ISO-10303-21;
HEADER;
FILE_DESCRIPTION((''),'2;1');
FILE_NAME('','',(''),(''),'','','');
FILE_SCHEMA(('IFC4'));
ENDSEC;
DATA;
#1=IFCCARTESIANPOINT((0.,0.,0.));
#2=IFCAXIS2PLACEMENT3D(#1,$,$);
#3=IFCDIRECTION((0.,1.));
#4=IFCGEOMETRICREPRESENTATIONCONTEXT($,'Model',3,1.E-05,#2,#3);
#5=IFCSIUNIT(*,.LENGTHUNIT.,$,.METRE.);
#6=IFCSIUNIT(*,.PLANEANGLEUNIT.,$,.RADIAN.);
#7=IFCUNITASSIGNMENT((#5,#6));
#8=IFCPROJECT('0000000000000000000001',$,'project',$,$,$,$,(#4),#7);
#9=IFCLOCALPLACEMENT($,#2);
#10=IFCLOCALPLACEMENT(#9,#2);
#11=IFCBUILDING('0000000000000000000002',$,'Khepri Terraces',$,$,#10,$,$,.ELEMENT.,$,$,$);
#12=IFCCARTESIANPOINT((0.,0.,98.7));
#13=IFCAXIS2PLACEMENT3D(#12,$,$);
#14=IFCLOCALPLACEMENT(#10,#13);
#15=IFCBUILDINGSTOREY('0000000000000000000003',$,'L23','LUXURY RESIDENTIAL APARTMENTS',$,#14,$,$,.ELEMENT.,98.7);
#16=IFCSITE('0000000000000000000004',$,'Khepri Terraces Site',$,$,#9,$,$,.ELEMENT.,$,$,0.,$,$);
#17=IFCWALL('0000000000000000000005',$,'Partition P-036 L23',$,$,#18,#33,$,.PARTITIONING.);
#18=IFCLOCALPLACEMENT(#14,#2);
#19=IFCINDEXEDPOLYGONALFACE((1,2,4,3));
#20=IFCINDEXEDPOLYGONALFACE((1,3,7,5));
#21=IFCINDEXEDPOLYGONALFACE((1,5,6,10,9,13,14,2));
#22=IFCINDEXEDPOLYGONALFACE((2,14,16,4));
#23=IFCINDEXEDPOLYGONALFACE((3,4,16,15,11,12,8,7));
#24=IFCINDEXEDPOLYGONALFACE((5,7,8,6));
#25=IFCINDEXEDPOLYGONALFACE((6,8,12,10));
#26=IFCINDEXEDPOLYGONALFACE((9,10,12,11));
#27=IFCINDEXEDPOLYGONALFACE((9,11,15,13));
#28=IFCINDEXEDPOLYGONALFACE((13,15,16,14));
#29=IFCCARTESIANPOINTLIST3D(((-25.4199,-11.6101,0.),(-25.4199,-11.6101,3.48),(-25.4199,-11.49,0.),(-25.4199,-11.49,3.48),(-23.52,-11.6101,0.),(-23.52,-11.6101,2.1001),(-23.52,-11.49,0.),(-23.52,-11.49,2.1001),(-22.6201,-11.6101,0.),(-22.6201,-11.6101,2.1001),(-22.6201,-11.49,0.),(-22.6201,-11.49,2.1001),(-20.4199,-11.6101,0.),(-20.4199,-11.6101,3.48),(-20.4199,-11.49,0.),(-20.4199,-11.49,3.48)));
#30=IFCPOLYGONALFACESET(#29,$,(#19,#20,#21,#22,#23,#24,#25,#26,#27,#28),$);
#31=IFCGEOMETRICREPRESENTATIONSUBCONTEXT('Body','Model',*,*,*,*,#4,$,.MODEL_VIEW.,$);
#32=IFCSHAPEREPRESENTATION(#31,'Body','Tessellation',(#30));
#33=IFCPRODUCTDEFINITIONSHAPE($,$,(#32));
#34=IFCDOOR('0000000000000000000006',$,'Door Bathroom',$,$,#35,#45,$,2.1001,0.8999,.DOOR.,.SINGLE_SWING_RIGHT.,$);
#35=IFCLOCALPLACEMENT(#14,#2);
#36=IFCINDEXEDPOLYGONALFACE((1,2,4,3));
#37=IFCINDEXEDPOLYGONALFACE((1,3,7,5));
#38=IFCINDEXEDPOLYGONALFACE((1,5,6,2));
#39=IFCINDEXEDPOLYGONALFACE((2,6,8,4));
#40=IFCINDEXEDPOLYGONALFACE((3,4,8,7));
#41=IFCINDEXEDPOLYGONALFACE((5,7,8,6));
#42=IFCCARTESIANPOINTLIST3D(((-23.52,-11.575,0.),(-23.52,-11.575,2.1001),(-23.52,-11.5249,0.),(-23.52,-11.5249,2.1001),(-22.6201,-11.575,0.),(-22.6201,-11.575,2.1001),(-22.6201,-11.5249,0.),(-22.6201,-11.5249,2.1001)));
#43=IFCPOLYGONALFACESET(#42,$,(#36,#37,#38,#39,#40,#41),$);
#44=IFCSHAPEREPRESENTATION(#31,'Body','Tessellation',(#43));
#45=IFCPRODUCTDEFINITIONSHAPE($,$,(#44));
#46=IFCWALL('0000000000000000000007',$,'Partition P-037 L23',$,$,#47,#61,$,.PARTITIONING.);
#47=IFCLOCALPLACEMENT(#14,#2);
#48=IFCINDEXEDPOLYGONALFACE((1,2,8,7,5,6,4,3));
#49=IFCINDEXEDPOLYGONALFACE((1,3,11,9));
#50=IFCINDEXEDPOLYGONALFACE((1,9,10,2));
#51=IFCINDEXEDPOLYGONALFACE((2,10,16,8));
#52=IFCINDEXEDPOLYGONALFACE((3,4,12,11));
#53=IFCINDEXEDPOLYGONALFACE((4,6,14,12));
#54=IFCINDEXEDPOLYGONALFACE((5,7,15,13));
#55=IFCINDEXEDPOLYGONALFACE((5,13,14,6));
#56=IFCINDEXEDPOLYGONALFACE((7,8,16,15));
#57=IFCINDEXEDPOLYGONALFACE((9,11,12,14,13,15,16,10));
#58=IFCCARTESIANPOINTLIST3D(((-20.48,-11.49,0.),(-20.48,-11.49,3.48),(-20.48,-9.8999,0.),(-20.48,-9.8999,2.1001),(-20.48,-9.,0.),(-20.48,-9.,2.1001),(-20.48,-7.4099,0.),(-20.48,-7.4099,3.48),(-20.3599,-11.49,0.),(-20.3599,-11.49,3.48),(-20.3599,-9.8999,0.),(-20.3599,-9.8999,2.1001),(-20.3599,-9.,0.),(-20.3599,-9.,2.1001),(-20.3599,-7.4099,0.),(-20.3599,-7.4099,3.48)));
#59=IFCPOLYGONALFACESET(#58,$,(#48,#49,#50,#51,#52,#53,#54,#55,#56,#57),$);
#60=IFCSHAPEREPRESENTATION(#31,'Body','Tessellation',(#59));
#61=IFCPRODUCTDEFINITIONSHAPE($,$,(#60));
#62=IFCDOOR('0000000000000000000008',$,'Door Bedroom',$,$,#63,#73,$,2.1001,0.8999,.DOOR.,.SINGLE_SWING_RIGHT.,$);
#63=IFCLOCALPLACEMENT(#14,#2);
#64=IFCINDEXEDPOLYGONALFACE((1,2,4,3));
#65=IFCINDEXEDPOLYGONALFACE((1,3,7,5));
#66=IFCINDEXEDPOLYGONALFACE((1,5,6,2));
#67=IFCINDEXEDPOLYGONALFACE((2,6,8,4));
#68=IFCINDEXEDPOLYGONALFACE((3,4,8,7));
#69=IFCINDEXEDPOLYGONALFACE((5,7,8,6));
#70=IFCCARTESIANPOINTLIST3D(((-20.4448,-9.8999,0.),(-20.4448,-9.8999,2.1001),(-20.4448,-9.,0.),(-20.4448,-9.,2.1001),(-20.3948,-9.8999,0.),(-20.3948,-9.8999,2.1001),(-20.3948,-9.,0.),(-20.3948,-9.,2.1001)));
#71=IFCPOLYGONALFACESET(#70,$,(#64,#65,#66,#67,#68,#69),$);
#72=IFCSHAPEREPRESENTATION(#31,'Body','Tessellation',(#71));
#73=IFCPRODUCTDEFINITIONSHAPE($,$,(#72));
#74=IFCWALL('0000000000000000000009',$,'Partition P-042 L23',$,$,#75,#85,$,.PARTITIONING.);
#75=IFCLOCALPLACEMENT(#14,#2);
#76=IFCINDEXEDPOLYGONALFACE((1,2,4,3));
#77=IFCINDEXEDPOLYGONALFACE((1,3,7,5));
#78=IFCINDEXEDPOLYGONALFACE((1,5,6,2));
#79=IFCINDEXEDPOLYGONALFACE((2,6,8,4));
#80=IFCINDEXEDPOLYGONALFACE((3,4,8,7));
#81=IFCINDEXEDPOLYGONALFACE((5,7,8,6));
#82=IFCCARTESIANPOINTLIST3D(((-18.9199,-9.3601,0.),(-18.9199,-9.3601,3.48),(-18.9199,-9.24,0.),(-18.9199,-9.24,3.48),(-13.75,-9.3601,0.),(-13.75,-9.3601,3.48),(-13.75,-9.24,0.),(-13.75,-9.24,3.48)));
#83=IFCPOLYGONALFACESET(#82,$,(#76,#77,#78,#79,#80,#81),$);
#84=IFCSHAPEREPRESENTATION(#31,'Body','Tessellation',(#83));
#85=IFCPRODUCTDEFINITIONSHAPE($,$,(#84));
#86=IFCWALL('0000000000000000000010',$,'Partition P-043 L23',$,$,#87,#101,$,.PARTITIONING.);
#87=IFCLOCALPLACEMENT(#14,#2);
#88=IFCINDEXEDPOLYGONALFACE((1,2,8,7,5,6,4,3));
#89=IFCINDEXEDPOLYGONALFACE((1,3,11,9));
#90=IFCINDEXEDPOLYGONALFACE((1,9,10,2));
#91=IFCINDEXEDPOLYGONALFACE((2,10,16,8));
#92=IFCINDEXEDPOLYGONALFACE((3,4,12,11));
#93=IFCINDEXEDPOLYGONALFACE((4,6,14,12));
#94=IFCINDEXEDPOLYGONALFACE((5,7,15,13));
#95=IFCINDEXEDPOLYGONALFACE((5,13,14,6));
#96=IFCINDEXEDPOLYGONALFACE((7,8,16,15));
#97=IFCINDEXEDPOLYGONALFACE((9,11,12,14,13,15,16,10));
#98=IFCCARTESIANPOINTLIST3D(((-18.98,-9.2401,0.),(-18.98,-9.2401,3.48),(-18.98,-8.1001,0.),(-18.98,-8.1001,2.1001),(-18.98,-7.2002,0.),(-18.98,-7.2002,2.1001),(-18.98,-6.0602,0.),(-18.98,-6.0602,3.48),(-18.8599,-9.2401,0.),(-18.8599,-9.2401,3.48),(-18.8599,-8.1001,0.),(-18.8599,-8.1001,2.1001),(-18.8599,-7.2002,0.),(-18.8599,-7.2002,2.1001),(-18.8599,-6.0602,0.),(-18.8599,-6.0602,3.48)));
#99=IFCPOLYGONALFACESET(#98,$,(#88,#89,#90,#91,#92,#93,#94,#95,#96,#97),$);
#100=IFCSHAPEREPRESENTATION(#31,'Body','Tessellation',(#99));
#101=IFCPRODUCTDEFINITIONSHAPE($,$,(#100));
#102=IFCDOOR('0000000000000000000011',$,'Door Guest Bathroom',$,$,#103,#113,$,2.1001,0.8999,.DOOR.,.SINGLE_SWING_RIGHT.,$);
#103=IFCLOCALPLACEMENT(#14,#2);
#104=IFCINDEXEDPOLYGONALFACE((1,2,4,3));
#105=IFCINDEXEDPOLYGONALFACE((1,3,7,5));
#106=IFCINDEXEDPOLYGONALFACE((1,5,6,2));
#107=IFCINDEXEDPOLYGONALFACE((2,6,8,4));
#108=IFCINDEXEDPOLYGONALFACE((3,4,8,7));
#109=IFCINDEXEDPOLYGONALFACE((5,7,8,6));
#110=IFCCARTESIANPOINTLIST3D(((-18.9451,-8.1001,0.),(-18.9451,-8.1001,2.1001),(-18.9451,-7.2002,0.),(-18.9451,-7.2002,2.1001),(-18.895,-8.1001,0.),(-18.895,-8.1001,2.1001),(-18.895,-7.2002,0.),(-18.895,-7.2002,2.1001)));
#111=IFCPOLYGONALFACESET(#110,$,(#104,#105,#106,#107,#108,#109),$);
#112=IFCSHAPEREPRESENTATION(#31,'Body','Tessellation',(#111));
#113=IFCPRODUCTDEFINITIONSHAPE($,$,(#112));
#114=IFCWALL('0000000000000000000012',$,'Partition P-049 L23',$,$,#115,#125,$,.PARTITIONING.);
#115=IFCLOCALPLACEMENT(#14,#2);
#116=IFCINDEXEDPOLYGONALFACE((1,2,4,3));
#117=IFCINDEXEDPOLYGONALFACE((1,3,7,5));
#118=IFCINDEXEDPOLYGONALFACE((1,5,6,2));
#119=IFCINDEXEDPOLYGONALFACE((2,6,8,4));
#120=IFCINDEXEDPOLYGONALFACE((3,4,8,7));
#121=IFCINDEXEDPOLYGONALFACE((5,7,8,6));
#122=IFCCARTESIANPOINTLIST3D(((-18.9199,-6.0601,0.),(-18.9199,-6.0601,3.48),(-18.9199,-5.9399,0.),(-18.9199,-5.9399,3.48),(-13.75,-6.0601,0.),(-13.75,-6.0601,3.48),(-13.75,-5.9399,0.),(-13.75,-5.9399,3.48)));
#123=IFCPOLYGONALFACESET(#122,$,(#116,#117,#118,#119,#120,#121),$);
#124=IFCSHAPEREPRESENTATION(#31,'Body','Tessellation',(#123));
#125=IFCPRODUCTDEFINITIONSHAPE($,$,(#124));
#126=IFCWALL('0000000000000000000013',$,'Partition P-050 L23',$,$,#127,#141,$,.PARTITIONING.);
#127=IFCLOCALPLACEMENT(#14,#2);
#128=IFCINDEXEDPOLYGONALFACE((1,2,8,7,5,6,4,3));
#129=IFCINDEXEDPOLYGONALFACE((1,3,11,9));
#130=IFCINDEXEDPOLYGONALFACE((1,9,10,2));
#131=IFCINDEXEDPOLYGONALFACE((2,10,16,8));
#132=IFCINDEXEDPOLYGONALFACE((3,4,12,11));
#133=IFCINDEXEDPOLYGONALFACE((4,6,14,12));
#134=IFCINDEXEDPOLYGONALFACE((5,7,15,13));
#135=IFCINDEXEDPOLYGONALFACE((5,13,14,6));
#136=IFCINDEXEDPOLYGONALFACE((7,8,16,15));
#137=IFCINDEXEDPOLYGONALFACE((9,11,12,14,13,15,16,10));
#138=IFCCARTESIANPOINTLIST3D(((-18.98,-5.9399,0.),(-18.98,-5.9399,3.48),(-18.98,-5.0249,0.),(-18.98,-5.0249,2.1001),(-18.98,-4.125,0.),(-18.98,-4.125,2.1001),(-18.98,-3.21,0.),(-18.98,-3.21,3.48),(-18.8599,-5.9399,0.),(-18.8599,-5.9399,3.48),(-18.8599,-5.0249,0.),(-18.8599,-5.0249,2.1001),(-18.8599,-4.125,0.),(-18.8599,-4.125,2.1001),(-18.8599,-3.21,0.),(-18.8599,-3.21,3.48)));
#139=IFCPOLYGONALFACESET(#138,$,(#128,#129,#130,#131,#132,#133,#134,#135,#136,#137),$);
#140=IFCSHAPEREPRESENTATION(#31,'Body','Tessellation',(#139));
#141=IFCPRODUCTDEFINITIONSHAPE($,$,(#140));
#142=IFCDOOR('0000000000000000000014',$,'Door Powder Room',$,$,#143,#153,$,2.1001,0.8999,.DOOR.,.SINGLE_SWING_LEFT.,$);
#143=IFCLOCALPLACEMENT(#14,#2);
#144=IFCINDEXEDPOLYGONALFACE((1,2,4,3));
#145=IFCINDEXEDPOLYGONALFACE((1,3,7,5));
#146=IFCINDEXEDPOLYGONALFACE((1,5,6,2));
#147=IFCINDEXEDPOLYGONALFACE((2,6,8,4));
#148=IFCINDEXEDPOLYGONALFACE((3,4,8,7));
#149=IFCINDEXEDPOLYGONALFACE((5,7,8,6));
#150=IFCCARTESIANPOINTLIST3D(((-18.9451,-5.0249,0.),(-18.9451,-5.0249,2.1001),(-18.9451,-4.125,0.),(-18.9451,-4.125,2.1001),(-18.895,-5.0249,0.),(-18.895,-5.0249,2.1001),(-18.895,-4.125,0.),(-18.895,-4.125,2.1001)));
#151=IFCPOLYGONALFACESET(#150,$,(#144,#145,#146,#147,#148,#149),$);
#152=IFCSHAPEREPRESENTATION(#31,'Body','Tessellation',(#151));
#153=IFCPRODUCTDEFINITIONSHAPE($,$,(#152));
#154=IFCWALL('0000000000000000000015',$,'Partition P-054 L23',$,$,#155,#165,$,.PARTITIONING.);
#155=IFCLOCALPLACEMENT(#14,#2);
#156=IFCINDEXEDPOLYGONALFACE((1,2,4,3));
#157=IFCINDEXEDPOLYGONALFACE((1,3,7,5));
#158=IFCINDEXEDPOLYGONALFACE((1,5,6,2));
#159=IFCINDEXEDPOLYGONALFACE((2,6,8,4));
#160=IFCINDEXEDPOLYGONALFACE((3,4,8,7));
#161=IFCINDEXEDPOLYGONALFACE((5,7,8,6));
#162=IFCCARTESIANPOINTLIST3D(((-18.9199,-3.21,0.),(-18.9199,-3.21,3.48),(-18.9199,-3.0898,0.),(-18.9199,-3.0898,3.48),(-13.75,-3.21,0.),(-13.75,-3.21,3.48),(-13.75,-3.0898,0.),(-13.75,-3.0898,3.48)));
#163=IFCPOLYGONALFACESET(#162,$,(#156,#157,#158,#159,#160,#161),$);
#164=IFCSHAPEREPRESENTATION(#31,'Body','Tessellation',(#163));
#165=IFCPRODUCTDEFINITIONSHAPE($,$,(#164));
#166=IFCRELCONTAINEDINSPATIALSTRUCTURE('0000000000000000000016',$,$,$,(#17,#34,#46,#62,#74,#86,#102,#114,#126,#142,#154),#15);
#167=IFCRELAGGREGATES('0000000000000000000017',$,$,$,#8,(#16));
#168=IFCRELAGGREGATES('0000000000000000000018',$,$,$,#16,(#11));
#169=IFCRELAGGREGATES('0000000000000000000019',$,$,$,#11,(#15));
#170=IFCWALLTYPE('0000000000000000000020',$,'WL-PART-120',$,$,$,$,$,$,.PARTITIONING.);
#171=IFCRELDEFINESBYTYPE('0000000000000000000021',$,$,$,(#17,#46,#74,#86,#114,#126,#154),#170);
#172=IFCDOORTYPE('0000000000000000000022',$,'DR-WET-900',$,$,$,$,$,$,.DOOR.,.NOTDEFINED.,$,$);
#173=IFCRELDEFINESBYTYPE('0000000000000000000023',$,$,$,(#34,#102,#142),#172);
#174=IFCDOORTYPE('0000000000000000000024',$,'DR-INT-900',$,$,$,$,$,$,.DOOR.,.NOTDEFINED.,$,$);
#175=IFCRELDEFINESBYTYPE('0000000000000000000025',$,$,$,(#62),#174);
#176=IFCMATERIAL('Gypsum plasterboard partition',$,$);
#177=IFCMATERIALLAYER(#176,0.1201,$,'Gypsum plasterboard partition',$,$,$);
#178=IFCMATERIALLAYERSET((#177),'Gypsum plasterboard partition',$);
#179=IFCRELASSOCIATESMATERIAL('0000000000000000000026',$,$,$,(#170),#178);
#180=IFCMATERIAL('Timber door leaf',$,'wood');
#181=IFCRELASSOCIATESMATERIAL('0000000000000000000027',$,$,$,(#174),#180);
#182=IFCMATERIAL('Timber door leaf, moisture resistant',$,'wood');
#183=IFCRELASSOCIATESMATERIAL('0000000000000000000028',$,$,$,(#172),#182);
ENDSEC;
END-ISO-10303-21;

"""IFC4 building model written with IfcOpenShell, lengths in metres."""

from ifc_helpers import new_model, si_unit, direction, frame, frame_2d, origin, place, context, subcontext, project, spatial, rectangle, extrude, material, layer, layer_set, type_object, element, fill, save


model = new_model("IFC4")

# Units and contexts
model_context = context("Model", 3, precision=1e-05, world=origin(), true_north=direction((0.0, 1.0)))
body_context = subcontext(model_context, "Body", "Model", "MODEL_VIEW")
ifc_project = project(units=[si_unit("LENGTHUNIT", "METRE"), si_unit("PLANEANGLEUNIT", "RADIAN")], contexts=[model_context])

# Site, building, storey
site_placement = place(None, origin())
site = spatial("IfcSite", under=ifc_project, at=site_placement, Name="Khepri Terraces Site", CompositionType="ELEMENT", RefElevation=0.0)
building_placement = place(site_placement, origin())
building = spatial("IfcBuilding", under=site, at=building_placement, Name="Khepri Terraces", CompositionType="ELEMENT")
storey_placement = place(building_placement, frame((0.0, 0.0, 98.7)))
storey = spatial("IfcBuildingStorey", under=building, at=storey_placement, Name="L23", Description="LUXURY RESIDENTIAL APARTMENTS", CompositionType="ELEMENT", Elevation=98.7)

# Shared definitions
ifc_material_1 = material(Name="Gypsum plasterboard partition")
ifc_layer_1 = layer(ifc_material_1, 0.1201, Name="Gypsum plasterboard partition")
ifc_layer_set_1 = layer_set([ifc_layer_1], Name="Gypsum plasterboard partition")
wall_type_1 = type_object("IfcWallType", Name="WL-PART-120", PredefinedType="PARTITIONING", material=ifc_layer_set_1)

# Walls, openings, doors
ifc_material_2 = material(Name="Timber door leaf", Category="wood")
door_type_1 = type_object("IfcDoorType", Name="DR-INT-900", OperationType="NOTDEFINED", PredefinedType="DOOR", material=ifc_material_2)
wall_1_placement = place(storey_placement, frame((-25.4199, -11.55, 0.0), z_axis=(0.0, 0.0, 1.0), x_axis=(1.0, 0.0, 0.0)))
wall_1 = element("IfcWall", 1, at=wall_1_placement, inside=storey, type_object=wall_type_1, Name="Partition P-036 L23", PredefinedType="PARTITIONING", context=body_context, shape_type="SweptSolid", body=[
    extrude(rectangle(XDim=5.0, YDim=0.1201, at=frame_2d((2.5, 0.0))), origin(), (0.0, 0.0, 1.0), 3.48),
])
opening_1_placement = place(wall_1_placement, frame((1.8999, 0.0, 0.0)))
opening_1 = element("IfcOpeningElement", 2, at=opening_1_placement, cuts=wall_1, PredefinedType="OPENING", context=body_context, shape_type="SweptSolid", body=[
    extrude(rectangle(XDim=0.8999, YDim=2.1001, at=frame_2d((0.45, 1.05))), frame((0.0, 0.0701, 0.0), z_axis=(0.0, -1.0, 0.0), x_axis=(1.0, 0.0, 0.0)), (0.0, 0.0, 1.0), 0.1401),
])
ifc_material_3 = material(Name="Timber door leaf, moisture resistant", Category="wood")
door_type_2 = type_object("IfcDoorType", Name="DR-WET-900", OperationType="NOTDEFINED", PredefinedType="DOOR", material=ifc_material_3)
door_1_placement = place(opening_1_placement, frame((0.8999, 0.0, 0.0), z_axis=(0.0, 0.0, 1.0), x_axis=(-1.0, 0.0, 0.0)))
door_1 = element("IfcDoor", 3, at=door_1_placement, inside=storey, type_object=door_type_2, Name="Door Bathroom", OperationType="SINGLE_SWING_RIGHT", OverallHeight=2.1001, OverallWidth=0.8999, PredefinedType="DOOR", context=body_context, shape_type="SweptSolid", body=[
    extrude(rectangle(XDim=0.8999, YDim=2.1001, at=frame_2d((0.45, 1.05))), frame((0.0, 0.0249, 0.0), z_axis=(0.0, -1.0, 0.0), x_axis=(1.0, 0.0, 0.0)), (0.0, 0.0, 1.0), 0.05),
])
fill(opening_1, door_1)
wall_2_placement = place(storey_placement, frame((-20.4199, -11.49, 0.0), z_axis=(0.0, 0.0, 1.0), x_axis=(0.0, 1.0, 0.0)))
wall_2 = element("IfcWall", 4, at=wall_2_placement, inside=storey, type_object=wall_type_1, Name="Partition P-037 L23", PredefinedType="PARTITIONING", context=body_context, shape_type="SweptSolid", body=[
    extrude(rectangle(XDim=4.0801, YDim=0.1201, at=frame_2d((2.04, 0.0))), origin(), (0.0, 0.0, 1.0), 3.48),
])
opening_2_placement = place(wall_2_placement, frame((1.5901, 0.0, 0.0)))
opening_2 = element("IfcOpeningElement", 5, at=opening_2_placement, cuts=wall_2, PredefinedType="OPENING", context=body_context, shape_type="SweptSolid", body=[
    extrude(rectangle(XDim=0.8999, YDim=2.1001, at=frame_2d((0.45, 1.05))), frame((0.0, 0.0701, 0.0), z_axis=(0.0, -1.0, 0.0), x_axis=(1.0, 0.0, 0.0)), (0.0, 0.0, 1.0), 0.1401),
])
door_2_placement = place(opening_2_placement, origin())
door_2 = element("IfcDoor", 6, at=door_2_placement, inside=storey, type_object=door_type_1, Name="Door Bedroom", OperationType="SINGLE_SWING_RIGHT", OverallHeight=2.1001, OverallWidth=0.8999, PredefinedType="DOOR", context=body_context, shape_type="SweptSolid", body=[
    extrude(rectangle(XDim=0.8999, YDim=2.1001, at=frame_2d((0.45, 1.05))), frame((0.0, 0.0249, 0.0), z_axis=(0.0, -1.0, 0.0), x_axis=(1.0, 0.0, 0.0)), (0.0, 0.0, 1.0), 0.05),
])
fill(opening_2, door_2)

# Wall
wall_3_placement = place(storey_placement, frame((-18.9199, -9.3, 0.0), z_axis=(0.0, 0.0, 1.0), x_axis=(1.0, 0.0, 0.0)))
element("IfcWall", 7, at=wall_3_placement, inside=storey, type_object=wall_type_1, Name="Partition P-042 L23", PredefinedType="PARTITIONING", context=body_context, shape_type="SweptSolid", body=[
    extrude(rectangle(XDim=5.1699, YDim=0.1201, at=frame_2d((2.585, 0.0))), origin(), (0.0, 0.0, 1.0), 3.48),
])

# Wall, opening, door
wall_4_placement = place(storey_placement, frame((-18.9199, -9.24, 0.0), z_axis=(0.0, 0.0, 1.0), x_axis=(0.0, 1.0, 0.0)))
wall_4 = element("IfcWall", 8, at=wall_4_placement, inside=storey, type_object=wall_type_1, Name="Partition P-043 L23", PredefinedType="PARTITIONING", context=body_context, shape_type="SweptSolid", body=[
    extrude(rectangle(XDim=3.1799, YDim=0.1201, at=frame_2d((1.5898, 0.0))), origin(), (0.0, 0.0, 1.0), 3.48),
])
opening_3_placement = place(wall_4_placement, frame((1.1399, 0.0, 0.0)))
opening_3 = element("IfcOpeningElement", 9, at=opening_3_placement, cuts=wall_4, PredefinedType="OPENING", context=body_context, shape_type="SweptSolid", body=[
    extrude(rectangle(XDim=0.8999, YDim=2.1001, at=frame_2d((0.45, 1.05))), frame((0.0, 0.0701, 0.0), z_axis=(0.0, -1.0, 0.0), x_axis=(1.0, 0.0, 0.0)), (0.0, 0.0, 1.0), 0.1401),
])
door_3_placement = place(opening_3_placement, frame((0.8999, 0.0, 0.0), z_axis=(0.0, 0.0, 1.0), x_axis=(-1.0, 0.0, 0.0)))
door_3 = element("IfcDoor", 10, at=door_3_placement, inside=storey, type_object=door_type_2, Name="Door Guest Bathroom", OperationType="SINGLE_SWING_RIGHT", OverallHeight=2.1001, OverallWidth=0.8999, PredefinedType="DOOR", context=body_context, shape_type="SweptSolid", body=[
    extrude(rectangle(XDim=0.8999, YDim=2.1001, at=frame_2d((0.45, 1.05))), frame((0.0, 0.0249, 0.0), z_axis=(0.0, -1.0, 0.0), x_axis=(1.0, 0.0, 0.0)), (0.0, 0.0, 1.0), 0.05),
])
fill(opening_3, door_3)

# Wall
wall_5_placement = place(storey_placement, frame((-18.9199, -6.0, 0.0), z_axis=(0.0, 0.0, 1.0), x_axis=(1.0, 0.0, 0.0)))
element("IfcWall", 11, at=wall_5_placement, inside=storey, type_object=wall_type_1, Name="Partition P-049 L23", PredefinedType="PARTITIONING", context=body_context, shape_type="SweptSolid", body=[
    extrude(rectangle(XDim=5.1699, YDim=0.1201, at=frame_2d((2.585, 0.0))), origin(), (0.0, 0.0, 1.0), 3.48),
])

# Wall, opening, door
wall_6_placement = place(storey_placement, frame((-18.9199, -5.9399, 0.0), z_axis=(0.0, 0.0, 1.0), x_axis=(0.0, 1.0, 0.0)))
wall_6 = element("IfcWall", 12, at=wall_6_placement, inside=storey, type_object=wall_type_1, Name="Partition P-050 L23", PredefinedType="PARTITIONING", context=body_context, shape_type="SweptSolid", body=[
    extrude(rectangle(XDim=2.73, YDim=0.1201, at=frame_2d((1.365, 0.0))), origin(), (0.0, 0.0, 1.0), 3.48),
])
opening_4_placement = place(wall_6_placement, frame((0.915, 0.0, 0.0)))
opening_4 = element("IfcOpeningElement", 13, at=opening_4_placement, cuts=wall_6, PredefinedType="OPENING", context=body_context, shape_type="SweptSolid", body=[
    extrude(rectangle(XDim=0.8999, YDim=2.1001, at=frame_2d((0.45, 1.05))), frame((0.0, 0.0701, 0.0), z_axis=(0.0, -1.0, 0.0), x_axis=(1.0, 0.0, 0.0)), (0.0, 0.0, 1.0), 0.1401),
])
door_4_placement = place(opening_4_placement, frame((0.8999, 0.0, 0.0), z_axis=(0.0, 0.0, 1.0), x_axis=(-1.0, 0.0, 0.0)))
door_4 = element("IfcDoor", 14, at=door_4_placement, inside=storey, type_object=door_type_2, Name="Door Powder Room", OperationType="SINGLE_SWING_LEFT", OverallHeight=2.1001, OverallWidth=0.8999, PredefinedType="DOOR", context=body_context, shape_type="SweptSolid", body=[
    extrude(rectangle(XDim=0.8999, YDim=2.1001, at=frame_2d((0.45, 1.05))), frame((0.0, 0.0249, 0.0), z_axis=(0.0, -1.0, 0.0), x_axis=(1.0, 0.0, 0.0)), (0.0, 0.0, 1.0), 0.05),
])
fill(opening_4, door_4)

# Wall
wall_7_placement = place(storey_placement, frame((-18.9199, -3.1499, 0.0), z_axis=(0.0, 0.0, 1.0), x_axis=(1.0, 0.0, 0.0)))
element("IfcWall", 15, at=wall_7_placement, inside=storey, type_object=wall_type_1, Name="Partition P-054 L23", PredefinedType="PARTITIONING", context=body_context, shape_type="SweptSolid", body=[
    extrude(rectangle(XDim=5.1699, YDim=0.1201, at=frame_2d((2.585, 0.0))), origin(), (0.0, 0.0, 1.0), 3.48),
])

save(model, "model.ifc")
